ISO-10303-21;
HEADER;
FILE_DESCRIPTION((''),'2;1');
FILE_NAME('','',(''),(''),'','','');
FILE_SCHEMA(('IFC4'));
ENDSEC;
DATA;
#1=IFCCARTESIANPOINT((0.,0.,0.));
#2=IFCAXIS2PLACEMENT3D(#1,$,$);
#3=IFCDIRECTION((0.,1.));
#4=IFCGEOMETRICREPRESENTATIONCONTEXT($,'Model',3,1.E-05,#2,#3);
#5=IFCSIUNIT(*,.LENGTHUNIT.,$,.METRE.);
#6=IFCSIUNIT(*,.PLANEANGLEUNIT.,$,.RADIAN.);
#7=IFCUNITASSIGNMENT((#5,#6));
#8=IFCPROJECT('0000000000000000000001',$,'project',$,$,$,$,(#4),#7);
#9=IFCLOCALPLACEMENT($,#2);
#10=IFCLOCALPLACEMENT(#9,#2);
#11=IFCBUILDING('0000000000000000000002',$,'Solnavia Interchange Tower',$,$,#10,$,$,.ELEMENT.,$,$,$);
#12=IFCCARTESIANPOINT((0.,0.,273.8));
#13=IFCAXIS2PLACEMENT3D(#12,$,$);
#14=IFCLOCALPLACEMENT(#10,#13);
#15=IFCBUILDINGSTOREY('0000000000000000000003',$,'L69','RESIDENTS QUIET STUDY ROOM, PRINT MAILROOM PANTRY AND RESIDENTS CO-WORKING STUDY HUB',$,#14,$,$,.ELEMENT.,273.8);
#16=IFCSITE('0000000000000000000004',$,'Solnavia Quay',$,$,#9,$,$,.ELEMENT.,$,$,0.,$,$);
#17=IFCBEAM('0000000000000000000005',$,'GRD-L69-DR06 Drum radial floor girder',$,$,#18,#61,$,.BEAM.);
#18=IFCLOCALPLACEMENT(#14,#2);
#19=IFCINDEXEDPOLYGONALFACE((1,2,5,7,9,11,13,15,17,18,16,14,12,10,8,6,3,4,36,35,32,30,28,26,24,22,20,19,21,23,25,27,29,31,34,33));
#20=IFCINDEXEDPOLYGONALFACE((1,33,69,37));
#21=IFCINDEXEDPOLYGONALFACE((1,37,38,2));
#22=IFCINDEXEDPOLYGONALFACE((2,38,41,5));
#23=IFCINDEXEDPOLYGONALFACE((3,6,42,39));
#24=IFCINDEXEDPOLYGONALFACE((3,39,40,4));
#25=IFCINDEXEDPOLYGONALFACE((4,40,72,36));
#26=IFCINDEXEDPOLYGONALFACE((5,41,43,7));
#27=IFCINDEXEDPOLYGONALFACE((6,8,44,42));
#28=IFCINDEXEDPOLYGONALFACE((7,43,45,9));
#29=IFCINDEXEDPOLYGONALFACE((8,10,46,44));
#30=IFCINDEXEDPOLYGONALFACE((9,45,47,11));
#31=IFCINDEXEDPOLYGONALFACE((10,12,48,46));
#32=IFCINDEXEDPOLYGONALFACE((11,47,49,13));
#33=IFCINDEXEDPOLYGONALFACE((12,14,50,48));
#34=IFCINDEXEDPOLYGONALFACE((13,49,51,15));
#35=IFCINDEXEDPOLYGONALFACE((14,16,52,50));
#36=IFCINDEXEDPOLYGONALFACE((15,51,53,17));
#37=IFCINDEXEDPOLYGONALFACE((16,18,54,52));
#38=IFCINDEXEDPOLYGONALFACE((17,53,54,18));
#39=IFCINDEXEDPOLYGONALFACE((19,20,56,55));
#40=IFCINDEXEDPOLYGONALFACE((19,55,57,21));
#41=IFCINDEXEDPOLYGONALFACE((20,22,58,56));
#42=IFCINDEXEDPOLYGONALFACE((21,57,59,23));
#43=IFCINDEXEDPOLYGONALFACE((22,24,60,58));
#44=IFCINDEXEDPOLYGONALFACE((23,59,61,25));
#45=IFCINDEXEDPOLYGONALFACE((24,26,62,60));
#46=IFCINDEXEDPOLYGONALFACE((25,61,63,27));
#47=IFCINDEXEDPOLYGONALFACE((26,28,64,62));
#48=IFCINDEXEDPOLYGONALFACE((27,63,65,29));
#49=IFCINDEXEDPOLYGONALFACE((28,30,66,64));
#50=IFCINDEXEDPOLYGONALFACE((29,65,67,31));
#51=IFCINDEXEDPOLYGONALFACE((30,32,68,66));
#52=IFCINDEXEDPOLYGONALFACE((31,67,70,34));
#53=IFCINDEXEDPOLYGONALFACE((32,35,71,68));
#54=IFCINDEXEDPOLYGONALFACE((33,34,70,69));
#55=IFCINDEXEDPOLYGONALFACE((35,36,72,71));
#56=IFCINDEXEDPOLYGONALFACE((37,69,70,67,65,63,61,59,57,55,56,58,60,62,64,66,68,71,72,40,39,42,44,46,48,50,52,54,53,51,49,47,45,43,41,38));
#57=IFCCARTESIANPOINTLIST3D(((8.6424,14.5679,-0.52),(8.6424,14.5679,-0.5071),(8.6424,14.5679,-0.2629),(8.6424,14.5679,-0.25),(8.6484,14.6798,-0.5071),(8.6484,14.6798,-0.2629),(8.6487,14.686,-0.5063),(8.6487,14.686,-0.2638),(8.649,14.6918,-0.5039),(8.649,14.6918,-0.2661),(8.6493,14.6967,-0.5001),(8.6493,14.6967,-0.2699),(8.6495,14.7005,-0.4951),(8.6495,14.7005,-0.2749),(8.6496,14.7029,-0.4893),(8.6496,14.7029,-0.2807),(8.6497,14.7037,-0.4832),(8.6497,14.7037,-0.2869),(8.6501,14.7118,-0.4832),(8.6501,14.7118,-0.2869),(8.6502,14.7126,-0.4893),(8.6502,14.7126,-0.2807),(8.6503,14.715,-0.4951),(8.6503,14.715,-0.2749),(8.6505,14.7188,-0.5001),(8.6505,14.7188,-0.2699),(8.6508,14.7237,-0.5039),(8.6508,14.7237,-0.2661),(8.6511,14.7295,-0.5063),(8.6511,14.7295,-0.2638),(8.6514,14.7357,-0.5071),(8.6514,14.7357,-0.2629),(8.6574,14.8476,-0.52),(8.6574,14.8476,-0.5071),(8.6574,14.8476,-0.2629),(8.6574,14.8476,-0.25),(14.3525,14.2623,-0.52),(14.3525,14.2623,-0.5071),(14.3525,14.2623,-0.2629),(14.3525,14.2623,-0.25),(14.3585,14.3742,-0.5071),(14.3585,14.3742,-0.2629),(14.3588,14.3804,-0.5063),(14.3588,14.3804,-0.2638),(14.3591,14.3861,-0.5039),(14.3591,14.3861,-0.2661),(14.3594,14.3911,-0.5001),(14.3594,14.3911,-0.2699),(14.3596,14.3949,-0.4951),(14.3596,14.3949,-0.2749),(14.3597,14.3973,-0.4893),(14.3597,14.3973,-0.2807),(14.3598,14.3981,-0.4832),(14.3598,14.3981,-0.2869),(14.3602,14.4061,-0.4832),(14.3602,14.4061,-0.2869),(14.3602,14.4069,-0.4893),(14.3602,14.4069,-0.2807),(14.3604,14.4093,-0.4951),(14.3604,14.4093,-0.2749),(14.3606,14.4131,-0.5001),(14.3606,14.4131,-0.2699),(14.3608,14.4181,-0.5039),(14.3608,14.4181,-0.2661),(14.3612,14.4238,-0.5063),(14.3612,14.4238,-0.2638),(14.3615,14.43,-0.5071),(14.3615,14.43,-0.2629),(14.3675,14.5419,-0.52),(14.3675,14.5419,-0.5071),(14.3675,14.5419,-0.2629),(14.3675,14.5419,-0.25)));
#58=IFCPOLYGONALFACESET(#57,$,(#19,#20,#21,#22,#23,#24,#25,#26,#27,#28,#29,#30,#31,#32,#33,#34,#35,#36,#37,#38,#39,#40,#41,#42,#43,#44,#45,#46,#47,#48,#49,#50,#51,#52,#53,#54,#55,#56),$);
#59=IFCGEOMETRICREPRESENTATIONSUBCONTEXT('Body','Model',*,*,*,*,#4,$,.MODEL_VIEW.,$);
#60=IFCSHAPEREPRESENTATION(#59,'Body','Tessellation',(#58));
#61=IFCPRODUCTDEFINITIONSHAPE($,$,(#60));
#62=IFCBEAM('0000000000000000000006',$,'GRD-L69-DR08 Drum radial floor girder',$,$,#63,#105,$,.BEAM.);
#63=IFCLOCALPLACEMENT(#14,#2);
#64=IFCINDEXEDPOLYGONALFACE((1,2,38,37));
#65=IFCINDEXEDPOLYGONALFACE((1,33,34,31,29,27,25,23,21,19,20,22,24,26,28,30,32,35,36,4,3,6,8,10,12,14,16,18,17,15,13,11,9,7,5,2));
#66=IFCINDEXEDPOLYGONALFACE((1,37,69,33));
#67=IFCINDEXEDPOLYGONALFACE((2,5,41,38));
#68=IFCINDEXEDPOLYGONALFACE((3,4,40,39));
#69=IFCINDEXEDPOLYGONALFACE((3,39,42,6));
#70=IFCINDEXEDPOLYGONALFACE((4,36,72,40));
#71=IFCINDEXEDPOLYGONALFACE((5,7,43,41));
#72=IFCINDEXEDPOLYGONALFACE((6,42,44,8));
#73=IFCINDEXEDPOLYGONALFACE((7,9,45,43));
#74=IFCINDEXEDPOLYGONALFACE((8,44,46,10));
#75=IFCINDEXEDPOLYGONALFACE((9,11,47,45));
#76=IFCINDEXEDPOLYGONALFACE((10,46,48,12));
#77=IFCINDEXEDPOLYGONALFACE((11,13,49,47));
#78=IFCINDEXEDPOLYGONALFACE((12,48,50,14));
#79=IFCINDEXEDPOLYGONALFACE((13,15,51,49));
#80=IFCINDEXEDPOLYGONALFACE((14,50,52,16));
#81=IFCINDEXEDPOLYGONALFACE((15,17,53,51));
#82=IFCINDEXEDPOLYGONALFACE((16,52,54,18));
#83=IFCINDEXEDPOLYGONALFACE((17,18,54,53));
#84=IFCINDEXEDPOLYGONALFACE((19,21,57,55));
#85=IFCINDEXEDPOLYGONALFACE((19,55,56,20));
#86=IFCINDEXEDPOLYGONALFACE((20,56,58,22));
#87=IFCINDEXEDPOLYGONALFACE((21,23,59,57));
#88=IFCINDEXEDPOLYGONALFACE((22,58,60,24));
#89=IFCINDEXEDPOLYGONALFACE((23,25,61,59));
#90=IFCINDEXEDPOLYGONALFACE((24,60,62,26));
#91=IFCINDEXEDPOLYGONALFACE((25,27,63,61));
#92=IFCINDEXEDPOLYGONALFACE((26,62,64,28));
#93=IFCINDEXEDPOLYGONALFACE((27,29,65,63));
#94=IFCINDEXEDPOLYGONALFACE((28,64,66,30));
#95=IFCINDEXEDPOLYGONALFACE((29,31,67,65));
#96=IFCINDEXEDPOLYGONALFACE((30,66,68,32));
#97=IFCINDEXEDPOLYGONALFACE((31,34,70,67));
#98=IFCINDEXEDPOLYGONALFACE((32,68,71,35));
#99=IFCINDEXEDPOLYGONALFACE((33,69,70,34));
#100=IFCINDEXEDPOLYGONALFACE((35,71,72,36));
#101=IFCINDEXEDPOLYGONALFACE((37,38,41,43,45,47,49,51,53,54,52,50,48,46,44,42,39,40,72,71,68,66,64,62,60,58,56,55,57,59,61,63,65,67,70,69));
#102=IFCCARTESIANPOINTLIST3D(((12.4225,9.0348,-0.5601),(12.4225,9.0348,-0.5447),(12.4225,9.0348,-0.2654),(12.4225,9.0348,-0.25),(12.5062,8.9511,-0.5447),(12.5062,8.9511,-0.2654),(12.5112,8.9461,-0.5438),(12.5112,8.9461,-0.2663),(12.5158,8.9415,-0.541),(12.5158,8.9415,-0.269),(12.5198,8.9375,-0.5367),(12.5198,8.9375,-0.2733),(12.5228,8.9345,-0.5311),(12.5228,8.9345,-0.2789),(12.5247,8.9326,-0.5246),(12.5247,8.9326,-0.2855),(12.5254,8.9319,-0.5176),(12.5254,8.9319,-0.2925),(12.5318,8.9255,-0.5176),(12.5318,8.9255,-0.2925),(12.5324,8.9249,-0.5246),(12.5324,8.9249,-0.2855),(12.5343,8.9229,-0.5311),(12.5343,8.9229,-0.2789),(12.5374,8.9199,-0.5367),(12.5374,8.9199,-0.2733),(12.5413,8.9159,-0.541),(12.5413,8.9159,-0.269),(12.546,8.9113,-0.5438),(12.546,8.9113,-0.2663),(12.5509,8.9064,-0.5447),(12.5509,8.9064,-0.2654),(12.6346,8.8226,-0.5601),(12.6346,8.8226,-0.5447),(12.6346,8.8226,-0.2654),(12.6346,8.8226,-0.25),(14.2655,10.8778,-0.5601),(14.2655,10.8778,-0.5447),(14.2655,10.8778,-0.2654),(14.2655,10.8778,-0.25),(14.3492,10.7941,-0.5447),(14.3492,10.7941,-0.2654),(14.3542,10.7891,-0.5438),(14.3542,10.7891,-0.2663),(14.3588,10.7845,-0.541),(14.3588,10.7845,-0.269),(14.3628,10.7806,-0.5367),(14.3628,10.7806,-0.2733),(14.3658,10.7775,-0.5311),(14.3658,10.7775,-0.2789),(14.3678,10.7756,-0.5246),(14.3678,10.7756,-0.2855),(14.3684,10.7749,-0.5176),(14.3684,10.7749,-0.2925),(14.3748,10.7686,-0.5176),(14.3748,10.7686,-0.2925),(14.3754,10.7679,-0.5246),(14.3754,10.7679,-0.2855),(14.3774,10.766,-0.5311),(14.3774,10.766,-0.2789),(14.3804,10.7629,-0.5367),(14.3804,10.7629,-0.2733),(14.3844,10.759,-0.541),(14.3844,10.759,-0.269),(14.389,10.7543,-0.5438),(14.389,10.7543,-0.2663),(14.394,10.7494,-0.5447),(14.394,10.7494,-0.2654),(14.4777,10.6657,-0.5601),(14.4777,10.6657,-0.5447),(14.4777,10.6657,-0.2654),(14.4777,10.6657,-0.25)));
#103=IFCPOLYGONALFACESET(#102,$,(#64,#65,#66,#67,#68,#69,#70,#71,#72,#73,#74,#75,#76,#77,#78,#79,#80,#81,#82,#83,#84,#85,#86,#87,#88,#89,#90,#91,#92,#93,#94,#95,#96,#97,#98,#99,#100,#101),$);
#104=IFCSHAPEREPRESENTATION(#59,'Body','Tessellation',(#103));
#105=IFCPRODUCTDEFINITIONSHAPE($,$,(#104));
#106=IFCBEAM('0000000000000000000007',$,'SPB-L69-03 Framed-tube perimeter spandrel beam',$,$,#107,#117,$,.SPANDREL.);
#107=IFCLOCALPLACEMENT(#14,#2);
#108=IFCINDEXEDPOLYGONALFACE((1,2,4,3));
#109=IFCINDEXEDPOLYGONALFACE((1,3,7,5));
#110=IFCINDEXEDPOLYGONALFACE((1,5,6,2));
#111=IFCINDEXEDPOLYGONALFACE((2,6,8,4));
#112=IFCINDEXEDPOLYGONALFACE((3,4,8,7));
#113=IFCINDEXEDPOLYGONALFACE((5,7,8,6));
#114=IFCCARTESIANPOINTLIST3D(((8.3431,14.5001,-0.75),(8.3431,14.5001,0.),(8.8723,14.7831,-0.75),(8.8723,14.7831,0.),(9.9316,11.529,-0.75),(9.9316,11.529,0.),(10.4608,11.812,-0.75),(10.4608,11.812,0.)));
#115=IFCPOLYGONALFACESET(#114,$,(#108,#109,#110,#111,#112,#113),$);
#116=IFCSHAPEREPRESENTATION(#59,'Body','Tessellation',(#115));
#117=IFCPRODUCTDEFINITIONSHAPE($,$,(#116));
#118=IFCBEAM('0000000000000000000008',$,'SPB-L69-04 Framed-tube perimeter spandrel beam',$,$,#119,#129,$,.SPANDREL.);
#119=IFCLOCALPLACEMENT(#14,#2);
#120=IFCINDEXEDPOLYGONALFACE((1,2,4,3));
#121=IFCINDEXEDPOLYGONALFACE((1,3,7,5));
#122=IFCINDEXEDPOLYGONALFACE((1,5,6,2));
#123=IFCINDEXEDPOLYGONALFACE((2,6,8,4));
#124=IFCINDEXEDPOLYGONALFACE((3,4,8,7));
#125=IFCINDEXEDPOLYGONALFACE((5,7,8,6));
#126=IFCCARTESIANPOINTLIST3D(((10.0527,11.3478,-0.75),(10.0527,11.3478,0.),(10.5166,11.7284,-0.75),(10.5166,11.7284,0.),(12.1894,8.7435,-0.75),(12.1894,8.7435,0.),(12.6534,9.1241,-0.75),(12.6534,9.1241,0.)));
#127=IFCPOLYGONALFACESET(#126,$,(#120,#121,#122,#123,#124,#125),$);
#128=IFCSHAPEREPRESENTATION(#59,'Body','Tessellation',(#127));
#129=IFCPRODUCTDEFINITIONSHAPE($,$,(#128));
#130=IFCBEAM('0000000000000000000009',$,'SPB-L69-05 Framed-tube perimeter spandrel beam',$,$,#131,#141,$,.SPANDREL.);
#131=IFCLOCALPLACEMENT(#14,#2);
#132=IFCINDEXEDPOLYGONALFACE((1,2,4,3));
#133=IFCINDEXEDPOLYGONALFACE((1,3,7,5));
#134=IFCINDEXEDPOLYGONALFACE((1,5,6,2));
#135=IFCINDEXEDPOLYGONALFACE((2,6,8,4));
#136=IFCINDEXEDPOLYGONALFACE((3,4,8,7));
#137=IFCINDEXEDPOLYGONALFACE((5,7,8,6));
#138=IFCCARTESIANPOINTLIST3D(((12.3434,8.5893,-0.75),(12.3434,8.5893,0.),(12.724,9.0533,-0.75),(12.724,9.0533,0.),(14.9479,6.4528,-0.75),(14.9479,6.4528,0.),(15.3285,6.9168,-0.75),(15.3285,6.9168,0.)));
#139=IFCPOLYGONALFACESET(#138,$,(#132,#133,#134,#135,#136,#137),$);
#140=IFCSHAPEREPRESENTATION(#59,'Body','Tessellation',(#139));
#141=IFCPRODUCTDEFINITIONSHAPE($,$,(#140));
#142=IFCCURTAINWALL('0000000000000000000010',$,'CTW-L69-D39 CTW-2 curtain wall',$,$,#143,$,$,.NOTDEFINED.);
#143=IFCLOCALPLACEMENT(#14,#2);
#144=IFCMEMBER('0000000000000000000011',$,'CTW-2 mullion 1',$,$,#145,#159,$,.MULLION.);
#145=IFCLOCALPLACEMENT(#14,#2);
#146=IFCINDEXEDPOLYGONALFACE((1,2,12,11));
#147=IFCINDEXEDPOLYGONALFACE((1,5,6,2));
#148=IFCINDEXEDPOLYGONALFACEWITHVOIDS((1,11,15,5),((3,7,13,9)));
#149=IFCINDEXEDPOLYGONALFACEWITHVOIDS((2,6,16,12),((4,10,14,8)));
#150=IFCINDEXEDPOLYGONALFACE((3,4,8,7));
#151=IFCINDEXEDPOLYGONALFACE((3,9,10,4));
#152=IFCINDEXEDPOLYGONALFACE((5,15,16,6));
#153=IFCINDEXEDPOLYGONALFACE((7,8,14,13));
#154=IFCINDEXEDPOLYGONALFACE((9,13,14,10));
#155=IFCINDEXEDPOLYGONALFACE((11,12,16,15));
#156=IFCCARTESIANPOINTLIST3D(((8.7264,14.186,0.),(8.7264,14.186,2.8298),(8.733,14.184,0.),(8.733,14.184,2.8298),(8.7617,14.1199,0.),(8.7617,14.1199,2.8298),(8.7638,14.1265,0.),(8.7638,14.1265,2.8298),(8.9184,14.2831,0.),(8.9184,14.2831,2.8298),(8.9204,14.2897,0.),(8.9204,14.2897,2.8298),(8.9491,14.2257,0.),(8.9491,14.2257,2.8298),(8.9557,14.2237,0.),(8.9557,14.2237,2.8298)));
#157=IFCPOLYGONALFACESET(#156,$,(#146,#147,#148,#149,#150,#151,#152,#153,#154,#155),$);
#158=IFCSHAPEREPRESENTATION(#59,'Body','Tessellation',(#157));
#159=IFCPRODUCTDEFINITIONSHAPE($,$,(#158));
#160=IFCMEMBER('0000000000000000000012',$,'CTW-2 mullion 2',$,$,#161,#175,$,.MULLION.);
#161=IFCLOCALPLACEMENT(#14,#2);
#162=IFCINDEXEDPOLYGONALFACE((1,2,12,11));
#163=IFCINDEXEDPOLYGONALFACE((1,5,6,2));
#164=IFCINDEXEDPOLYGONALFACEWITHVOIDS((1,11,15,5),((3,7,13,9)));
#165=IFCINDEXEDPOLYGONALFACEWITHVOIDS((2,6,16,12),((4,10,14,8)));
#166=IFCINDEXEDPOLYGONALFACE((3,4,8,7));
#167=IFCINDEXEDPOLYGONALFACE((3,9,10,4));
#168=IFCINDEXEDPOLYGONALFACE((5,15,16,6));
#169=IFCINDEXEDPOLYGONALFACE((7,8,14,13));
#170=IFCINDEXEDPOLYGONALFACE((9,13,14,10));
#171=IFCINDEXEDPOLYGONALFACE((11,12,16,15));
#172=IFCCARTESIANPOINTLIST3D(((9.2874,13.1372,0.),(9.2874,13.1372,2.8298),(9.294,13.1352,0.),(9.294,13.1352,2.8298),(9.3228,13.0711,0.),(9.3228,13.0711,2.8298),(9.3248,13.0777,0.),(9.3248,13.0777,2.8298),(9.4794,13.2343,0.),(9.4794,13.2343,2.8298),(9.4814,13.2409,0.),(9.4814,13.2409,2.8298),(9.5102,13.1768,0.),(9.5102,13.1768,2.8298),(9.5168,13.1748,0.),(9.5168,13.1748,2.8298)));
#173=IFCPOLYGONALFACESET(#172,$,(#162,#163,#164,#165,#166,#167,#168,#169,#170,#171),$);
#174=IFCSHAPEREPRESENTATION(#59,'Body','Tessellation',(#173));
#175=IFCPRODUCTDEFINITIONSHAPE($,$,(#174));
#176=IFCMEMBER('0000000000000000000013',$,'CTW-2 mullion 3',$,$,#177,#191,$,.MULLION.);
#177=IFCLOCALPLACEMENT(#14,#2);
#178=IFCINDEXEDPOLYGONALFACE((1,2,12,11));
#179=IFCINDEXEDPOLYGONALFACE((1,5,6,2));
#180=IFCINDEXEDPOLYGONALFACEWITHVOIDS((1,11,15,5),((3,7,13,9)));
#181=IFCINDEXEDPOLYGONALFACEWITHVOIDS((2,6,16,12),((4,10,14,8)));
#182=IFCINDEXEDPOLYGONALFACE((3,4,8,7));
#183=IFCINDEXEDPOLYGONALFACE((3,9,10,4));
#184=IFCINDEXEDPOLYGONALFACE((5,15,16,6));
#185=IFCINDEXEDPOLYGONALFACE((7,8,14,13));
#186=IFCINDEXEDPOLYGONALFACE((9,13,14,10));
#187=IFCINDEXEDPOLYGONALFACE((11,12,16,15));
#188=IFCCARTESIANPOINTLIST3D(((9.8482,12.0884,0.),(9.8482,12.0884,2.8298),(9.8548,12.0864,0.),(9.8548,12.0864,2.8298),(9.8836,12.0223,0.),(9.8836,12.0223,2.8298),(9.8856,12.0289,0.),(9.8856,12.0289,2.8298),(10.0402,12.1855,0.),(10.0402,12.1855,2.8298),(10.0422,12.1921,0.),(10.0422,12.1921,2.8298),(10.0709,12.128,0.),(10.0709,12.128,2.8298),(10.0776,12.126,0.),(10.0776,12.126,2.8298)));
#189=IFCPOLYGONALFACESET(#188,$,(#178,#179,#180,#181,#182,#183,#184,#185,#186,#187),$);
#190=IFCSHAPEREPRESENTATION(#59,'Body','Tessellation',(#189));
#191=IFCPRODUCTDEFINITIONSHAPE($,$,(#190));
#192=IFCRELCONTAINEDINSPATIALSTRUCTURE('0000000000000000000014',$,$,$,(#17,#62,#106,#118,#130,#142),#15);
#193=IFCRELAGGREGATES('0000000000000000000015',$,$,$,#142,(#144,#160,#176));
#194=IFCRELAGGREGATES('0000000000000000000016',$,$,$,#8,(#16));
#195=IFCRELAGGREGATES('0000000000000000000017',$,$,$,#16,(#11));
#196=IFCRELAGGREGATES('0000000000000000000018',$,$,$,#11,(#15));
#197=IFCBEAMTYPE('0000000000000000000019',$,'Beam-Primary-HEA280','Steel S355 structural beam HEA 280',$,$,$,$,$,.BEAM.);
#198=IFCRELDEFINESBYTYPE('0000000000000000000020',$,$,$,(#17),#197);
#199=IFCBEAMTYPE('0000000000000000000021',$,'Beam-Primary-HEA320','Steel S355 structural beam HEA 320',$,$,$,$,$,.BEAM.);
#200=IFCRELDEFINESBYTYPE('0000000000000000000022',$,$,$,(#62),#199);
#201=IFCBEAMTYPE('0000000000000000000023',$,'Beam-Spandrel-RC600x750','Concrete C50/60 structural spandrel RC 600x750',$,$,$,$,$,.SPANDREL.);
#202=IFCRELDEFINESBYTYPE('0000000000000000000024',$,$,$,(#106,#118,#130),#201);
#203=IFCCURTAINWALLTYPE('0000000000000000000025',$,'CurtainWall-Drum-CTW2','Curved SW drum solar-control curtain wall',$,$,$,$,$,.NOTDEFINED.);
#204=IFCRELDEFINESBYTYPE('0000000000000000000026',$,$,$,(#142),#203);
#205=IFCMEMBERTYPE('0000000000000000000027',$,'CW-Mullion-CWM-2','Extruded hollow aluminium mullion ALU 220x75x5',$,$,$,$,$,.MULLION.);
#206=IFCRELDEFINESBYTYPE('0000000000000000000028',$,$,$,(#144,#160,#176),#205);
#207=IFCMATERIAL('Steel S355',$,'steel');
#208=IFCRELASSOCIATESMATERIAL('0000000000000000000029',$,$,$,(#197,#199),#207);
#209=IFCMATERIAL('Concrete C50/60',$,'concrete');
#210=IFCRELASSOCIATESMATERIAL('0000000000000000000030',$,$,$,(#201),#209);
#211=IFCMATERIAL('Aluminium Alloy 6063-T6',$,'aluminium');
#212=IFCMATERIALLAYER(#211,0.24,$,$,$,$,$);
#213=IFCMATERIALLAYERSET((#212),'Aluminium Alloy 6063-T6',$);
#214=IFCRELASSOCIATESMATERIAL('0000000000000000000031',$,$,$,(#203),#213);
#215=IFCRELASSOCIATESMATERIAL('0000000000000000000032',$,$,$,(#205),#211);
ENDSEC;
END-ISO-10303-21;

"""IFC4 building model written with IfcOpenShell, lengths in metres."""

from ifc_helpers import new_model, si_unit, direction, frame, origin, origin_2d, place, context, subcontext, project, spatial, rectangle, hollow_rectangle, i_section, extrude, material, layer, layer_set, material_profile, profile_set, type_object, element, aggregate, save


model = new_model("IFC4")

# Units and contexts
model_context = context("Model", 3, precision=1e-05, world=origin(), true_north=direction((0.0, 1.0)))
body_context = subcontext(model_context, "Body", "Model", "MODEL_VIEW")
ifc_project = project(units=[si_unit("LENGTHUNIT", "METRE"), si_unit("PLANEANGLEUNIT", "RADIAN")], contexts=[model_context])

# Site, building, storey
site_placement = place(None, origin())
site = spatial("IfcSite", under=ifc_project, at=site_placement, Name="Solnavia Quay", CompositionType="ELEMENT", RefElevation=0.0)
building_placement = place(site_placement, origin())
building = spatial("IfcBuilding", under=site, at=building_placement, Name="Solnavia Interchange Tower", CompositionType="ELEMENT")
storey_placement = place(building_placement, frame((0.0, 0.0, 273.8)))
storey = spatial("IfcBuildingStorey", under=building, at=storey_placement, Name="L69", Description="RESIDENTS QUIET STUDY ROOM, PRINT MAILROOM PANTRY AND RESIDENTS CO-WORKING STUDY HUB", CompositionType="ELEMENT", Elevation=273.8)

# Shared definitions
ifc_material_1 = material(Name="Concrete C50/60", Category="concrete")

# Beams
ifc_material_2 = material(Name="Steel S355", Category="steel")
ifc_material_profile_1 = material_profile(ifc_material_2, i_section(OverallWidth=0.28, OverallDepth=0.27, WebThickness=0.0081, FlangeThickness=0.0129, FilletRadius=0.0239, at=origin_2d()), Name="HEA 280")
ifc_profile_set_1 = profile_set([ifc_material_profile_1], Name="Steel S355")
beam_type_1 = type_object("IfcBeamType", Name="Beam-Primary-HEA280", Description="Steel S355 structural beam HEA 280", PredefinedType="BEAM", material=ifc_profile_set_1)
beam_1_placement = place(storey_placement, frame((8.6499, 14.7078, -0.385), z_axis=(0.99857, -0.053453, 0.0), x_axis=(0.053453, 0.99857, 0.0)))
element("IfcBeam", 1, at=beam_1_placement, inside=storey, type_object=beam_type_1, Name="GRD-L69-DR06 Drum radial floor girder", PredefinedType="BEAM", context=body_context, shape_type="SweptSolid", body=[
    extrude(i_section(OverallWidth=0.28, OverallDepth=0.27, WebThickness=0.0081, FlangeThickness=0.0129, FilletRadius=0.0239, at=origin_2d()), origin(), (0.0, 0.0, 1.0), 5.7183),
])
ifc_material_profile_2 = material_profile(ifc_material_2, i_section(OverallWidth=0.3, OverallDepth=0.3101, WebThickness=0.009, FlangeThickness=0.0154, FilletRadius=0.0271, at=origin_2d()), Name="HEA 320")
ifc_profile_set_2 = profile_set([ifc_material_profile_2], Name="Steel S355")
beam_type_2 = type_object("IfcBeamType", Name="Beam-Primary-HEA320", Description="Steel S355 structural beam HEA 320", PredefinedType="BEAM", material=ifc_profile_set_2)
beam_2_placement = place(storey_placement, frame((12.5286, 8.9287, -0.405), z_axis=(0.707107, 0.707107, 0.0), x_axis=(-0.707107, 0.707107, 0.0)))
element("IfcBeam", 2, at=beam_2_placement, inside=storey, type_object=beam_type_2, Name="GRD-L69-DR08 Drum radial floor girder", PredefinedType="BEAM", context=body_context, shape_type="SweptSolid", body=[
    extrude(i_section(OverallWidth=0.3, OverallDepth=0.3101, WebThickness=0.009, FlangeThickness=0.0154, FilletRadius=0.0271, at=origin_2d()), origin(), (0.0, 0.0, 1.0), 2.6064),
])
ifc_material_profile_3 = material_profile(ifc_material_1, rectangle(XDim=0.6001, YDim=0.75, at=origin_2d()), Name="RC 600x750")
ifc_profile_set_3 = profile_set([ifc_material_profile_3], Name="Concrete C50/60")
beam_type_3 = type_object("IfcBeamType", Name="Beam-Spandrel-RC600x750", Description="Concrete C50/60 structural spandrel RC 600x750", PredefinedType="SPANDREL", material=ifc_profile_set_3)
beam_3_placement = place(storey_placement, frame((8.6077, 14.6416, -0.375), z_axis=(0.471509, -0.881861, 0.0), x_axis=(0.881861, 0.471509, 0.0)))
element("IfcBeam", 3, at=beam_3_placement, inside=storey, type_object=beam_type_3, Name="SPB-L69-03 Framed-tube perimeter spandrel beam", PredefinedType="SPANDREL", context=body_context, shape_type="SweptSolid", body=[
    extrude(rectangle(XDim=0.6001, YDim=0.75, at=origin_2d()), origin(), (0.0, 0.0, 1.0), 3.3691),
])
for number, where, z_axis, x_axis, name in (
    (4, (10.2847, 11.5381, -0.375), (0.634299, -0.773088, 0.0), (0.773088, 0.634299, 0.0), "SPB-L69-04 Framed-tube perimeter spandrel beam"),
    (5, (12.5337, 8.8213, -0.375), (0.773153, -0.63422, 0.0), (0.63422, 0.773153, 0.0), "SPB-L69-05 Framed-tube perimeter spandrel beam"),
):
    element("IfcBeam", number, at=place(storey_placement, frame(where, z_axis=z_axis, x_axis=x_axis)), inside=storey, type_object=beam_type_3, Name=name, PredefinedType="SPANDREL", context=body_context, shape_type="SweptSolid", body=[
        extrude(rectangle(XDim=0.6001, YDim=0.75, at=origin_2d()), origin(), (0.0, 0.0, 1.0), 3.3687),
    ])

# Curtain wall, members
ifc_material_3 = material(Name="Aluminium Alloy 6063-T6", Category="aluminium")
ifc_layer_1 = layer(ifc_material_3, 0.24)
ifc_layer_set_1 = layer_set([ifc_layer_1], Name="Aluminium Alloy 6063-T6")
curtain_wall_type = type_object("IfcCurtainWallType", Name="CurtainWall-Drum-CTW2", Description="Curved SW drum solar-control curtain wall", PredefinedType="NOTDEFINED", material=ifc_layer_set_1)
curtain_wall_1_placement = place(storey_placement, origin())
curtain_wall_1 = element("IfcCurtainWall", 6, at=curtain_wall_1_placement, inside=storey, type_object=curtain_wall_type, Name="CTW-L69-D39 CTW-2 curtain wall", PredefinedType="NOTDEFINED")
ifc_material_profile_4 = material_profile(ifc_material_3, hollow_rectangle(XDim=0.075, YDim=0.22, WallThickness=0.0049, at=origin_2d()), Name="ALU 220x75x5")
ifc_profile_set_4 = profile_set([ifc_material_profile_4], Name="Aluminium Alloy 6063-T6")
member_type_1 = type_object("IfcMemberType", Name="CW-Mullion-CWM-2", Description="Extruded hollow aluminium mullion ALU 220x75x5", PredefinedType="MULLION", material=ifc_profile_set_4)
member_1_placement = place(storey_placement, frame((8.8411, 14.2048, 0.0), z_axis=(0.0, 0.0, 1.0), x_axis=(0.471561, -0.881834, 0.0)))
member_1 = element("IfcMember", 7, at=member_1_placement, type_object=member_type_1, Name="CTW-2 mullion 1", PredefinedType="MULLION", context=body_context, shape_type="SweptSolid", body=[
    extrude(hollow_rectangle(XDim=0.075, YDim=0.22, WallThickness=0.0049, at=origin_2d()), origin(), (0.0, 0.0, 1.0), 2.8298),
])
member_2_placement = place(storey_placement, frame((9.4021, 13.156, 0.0), z_axis=(0.0, 0.0, 1.0), x_axis=(0.471561, -0.881834, 0.0)))
member_2 = element("IfcMember", 8, at=member_2_placement, type_object=member_type_1, Name="CTW-2 mullion 2", PredefinedType="MULLION", context=body_context, shape_type="SweptSolid", body=[
    extrude(hollow_rectangle(XDim=0.075, YDim=0.22, WallThickness=0.0049, at=origin_2d()), origin(), (0.0, 0.0, 1.0), 2.8298),
])
member_3_placement = place(storey_placement, frame((9.9629, 12.1072, 0.0), z_axis=(0.0, 0.0, 1.0), x_axis=(0.471561, -0.881834, 0.0)))
member_3 = element("IfcMember", 9, at=member_3_placement, type_object=member_type_1, Name="CTW-2 mullion 3", PredefinedType="MULLION", context=body_context, shape_type="SweptSolid", body=[
    extrude(hollow_rectangle(XDim=0.075, YDim=0.22, WallThickness=0.0049, at=origin_2d()), origin(), (0.0, 0.0, 1.0), 2.8298),
])

aggregate(curtain_wall_1, [member_1, member_2, member_3])

save(model, "model.ifc")
